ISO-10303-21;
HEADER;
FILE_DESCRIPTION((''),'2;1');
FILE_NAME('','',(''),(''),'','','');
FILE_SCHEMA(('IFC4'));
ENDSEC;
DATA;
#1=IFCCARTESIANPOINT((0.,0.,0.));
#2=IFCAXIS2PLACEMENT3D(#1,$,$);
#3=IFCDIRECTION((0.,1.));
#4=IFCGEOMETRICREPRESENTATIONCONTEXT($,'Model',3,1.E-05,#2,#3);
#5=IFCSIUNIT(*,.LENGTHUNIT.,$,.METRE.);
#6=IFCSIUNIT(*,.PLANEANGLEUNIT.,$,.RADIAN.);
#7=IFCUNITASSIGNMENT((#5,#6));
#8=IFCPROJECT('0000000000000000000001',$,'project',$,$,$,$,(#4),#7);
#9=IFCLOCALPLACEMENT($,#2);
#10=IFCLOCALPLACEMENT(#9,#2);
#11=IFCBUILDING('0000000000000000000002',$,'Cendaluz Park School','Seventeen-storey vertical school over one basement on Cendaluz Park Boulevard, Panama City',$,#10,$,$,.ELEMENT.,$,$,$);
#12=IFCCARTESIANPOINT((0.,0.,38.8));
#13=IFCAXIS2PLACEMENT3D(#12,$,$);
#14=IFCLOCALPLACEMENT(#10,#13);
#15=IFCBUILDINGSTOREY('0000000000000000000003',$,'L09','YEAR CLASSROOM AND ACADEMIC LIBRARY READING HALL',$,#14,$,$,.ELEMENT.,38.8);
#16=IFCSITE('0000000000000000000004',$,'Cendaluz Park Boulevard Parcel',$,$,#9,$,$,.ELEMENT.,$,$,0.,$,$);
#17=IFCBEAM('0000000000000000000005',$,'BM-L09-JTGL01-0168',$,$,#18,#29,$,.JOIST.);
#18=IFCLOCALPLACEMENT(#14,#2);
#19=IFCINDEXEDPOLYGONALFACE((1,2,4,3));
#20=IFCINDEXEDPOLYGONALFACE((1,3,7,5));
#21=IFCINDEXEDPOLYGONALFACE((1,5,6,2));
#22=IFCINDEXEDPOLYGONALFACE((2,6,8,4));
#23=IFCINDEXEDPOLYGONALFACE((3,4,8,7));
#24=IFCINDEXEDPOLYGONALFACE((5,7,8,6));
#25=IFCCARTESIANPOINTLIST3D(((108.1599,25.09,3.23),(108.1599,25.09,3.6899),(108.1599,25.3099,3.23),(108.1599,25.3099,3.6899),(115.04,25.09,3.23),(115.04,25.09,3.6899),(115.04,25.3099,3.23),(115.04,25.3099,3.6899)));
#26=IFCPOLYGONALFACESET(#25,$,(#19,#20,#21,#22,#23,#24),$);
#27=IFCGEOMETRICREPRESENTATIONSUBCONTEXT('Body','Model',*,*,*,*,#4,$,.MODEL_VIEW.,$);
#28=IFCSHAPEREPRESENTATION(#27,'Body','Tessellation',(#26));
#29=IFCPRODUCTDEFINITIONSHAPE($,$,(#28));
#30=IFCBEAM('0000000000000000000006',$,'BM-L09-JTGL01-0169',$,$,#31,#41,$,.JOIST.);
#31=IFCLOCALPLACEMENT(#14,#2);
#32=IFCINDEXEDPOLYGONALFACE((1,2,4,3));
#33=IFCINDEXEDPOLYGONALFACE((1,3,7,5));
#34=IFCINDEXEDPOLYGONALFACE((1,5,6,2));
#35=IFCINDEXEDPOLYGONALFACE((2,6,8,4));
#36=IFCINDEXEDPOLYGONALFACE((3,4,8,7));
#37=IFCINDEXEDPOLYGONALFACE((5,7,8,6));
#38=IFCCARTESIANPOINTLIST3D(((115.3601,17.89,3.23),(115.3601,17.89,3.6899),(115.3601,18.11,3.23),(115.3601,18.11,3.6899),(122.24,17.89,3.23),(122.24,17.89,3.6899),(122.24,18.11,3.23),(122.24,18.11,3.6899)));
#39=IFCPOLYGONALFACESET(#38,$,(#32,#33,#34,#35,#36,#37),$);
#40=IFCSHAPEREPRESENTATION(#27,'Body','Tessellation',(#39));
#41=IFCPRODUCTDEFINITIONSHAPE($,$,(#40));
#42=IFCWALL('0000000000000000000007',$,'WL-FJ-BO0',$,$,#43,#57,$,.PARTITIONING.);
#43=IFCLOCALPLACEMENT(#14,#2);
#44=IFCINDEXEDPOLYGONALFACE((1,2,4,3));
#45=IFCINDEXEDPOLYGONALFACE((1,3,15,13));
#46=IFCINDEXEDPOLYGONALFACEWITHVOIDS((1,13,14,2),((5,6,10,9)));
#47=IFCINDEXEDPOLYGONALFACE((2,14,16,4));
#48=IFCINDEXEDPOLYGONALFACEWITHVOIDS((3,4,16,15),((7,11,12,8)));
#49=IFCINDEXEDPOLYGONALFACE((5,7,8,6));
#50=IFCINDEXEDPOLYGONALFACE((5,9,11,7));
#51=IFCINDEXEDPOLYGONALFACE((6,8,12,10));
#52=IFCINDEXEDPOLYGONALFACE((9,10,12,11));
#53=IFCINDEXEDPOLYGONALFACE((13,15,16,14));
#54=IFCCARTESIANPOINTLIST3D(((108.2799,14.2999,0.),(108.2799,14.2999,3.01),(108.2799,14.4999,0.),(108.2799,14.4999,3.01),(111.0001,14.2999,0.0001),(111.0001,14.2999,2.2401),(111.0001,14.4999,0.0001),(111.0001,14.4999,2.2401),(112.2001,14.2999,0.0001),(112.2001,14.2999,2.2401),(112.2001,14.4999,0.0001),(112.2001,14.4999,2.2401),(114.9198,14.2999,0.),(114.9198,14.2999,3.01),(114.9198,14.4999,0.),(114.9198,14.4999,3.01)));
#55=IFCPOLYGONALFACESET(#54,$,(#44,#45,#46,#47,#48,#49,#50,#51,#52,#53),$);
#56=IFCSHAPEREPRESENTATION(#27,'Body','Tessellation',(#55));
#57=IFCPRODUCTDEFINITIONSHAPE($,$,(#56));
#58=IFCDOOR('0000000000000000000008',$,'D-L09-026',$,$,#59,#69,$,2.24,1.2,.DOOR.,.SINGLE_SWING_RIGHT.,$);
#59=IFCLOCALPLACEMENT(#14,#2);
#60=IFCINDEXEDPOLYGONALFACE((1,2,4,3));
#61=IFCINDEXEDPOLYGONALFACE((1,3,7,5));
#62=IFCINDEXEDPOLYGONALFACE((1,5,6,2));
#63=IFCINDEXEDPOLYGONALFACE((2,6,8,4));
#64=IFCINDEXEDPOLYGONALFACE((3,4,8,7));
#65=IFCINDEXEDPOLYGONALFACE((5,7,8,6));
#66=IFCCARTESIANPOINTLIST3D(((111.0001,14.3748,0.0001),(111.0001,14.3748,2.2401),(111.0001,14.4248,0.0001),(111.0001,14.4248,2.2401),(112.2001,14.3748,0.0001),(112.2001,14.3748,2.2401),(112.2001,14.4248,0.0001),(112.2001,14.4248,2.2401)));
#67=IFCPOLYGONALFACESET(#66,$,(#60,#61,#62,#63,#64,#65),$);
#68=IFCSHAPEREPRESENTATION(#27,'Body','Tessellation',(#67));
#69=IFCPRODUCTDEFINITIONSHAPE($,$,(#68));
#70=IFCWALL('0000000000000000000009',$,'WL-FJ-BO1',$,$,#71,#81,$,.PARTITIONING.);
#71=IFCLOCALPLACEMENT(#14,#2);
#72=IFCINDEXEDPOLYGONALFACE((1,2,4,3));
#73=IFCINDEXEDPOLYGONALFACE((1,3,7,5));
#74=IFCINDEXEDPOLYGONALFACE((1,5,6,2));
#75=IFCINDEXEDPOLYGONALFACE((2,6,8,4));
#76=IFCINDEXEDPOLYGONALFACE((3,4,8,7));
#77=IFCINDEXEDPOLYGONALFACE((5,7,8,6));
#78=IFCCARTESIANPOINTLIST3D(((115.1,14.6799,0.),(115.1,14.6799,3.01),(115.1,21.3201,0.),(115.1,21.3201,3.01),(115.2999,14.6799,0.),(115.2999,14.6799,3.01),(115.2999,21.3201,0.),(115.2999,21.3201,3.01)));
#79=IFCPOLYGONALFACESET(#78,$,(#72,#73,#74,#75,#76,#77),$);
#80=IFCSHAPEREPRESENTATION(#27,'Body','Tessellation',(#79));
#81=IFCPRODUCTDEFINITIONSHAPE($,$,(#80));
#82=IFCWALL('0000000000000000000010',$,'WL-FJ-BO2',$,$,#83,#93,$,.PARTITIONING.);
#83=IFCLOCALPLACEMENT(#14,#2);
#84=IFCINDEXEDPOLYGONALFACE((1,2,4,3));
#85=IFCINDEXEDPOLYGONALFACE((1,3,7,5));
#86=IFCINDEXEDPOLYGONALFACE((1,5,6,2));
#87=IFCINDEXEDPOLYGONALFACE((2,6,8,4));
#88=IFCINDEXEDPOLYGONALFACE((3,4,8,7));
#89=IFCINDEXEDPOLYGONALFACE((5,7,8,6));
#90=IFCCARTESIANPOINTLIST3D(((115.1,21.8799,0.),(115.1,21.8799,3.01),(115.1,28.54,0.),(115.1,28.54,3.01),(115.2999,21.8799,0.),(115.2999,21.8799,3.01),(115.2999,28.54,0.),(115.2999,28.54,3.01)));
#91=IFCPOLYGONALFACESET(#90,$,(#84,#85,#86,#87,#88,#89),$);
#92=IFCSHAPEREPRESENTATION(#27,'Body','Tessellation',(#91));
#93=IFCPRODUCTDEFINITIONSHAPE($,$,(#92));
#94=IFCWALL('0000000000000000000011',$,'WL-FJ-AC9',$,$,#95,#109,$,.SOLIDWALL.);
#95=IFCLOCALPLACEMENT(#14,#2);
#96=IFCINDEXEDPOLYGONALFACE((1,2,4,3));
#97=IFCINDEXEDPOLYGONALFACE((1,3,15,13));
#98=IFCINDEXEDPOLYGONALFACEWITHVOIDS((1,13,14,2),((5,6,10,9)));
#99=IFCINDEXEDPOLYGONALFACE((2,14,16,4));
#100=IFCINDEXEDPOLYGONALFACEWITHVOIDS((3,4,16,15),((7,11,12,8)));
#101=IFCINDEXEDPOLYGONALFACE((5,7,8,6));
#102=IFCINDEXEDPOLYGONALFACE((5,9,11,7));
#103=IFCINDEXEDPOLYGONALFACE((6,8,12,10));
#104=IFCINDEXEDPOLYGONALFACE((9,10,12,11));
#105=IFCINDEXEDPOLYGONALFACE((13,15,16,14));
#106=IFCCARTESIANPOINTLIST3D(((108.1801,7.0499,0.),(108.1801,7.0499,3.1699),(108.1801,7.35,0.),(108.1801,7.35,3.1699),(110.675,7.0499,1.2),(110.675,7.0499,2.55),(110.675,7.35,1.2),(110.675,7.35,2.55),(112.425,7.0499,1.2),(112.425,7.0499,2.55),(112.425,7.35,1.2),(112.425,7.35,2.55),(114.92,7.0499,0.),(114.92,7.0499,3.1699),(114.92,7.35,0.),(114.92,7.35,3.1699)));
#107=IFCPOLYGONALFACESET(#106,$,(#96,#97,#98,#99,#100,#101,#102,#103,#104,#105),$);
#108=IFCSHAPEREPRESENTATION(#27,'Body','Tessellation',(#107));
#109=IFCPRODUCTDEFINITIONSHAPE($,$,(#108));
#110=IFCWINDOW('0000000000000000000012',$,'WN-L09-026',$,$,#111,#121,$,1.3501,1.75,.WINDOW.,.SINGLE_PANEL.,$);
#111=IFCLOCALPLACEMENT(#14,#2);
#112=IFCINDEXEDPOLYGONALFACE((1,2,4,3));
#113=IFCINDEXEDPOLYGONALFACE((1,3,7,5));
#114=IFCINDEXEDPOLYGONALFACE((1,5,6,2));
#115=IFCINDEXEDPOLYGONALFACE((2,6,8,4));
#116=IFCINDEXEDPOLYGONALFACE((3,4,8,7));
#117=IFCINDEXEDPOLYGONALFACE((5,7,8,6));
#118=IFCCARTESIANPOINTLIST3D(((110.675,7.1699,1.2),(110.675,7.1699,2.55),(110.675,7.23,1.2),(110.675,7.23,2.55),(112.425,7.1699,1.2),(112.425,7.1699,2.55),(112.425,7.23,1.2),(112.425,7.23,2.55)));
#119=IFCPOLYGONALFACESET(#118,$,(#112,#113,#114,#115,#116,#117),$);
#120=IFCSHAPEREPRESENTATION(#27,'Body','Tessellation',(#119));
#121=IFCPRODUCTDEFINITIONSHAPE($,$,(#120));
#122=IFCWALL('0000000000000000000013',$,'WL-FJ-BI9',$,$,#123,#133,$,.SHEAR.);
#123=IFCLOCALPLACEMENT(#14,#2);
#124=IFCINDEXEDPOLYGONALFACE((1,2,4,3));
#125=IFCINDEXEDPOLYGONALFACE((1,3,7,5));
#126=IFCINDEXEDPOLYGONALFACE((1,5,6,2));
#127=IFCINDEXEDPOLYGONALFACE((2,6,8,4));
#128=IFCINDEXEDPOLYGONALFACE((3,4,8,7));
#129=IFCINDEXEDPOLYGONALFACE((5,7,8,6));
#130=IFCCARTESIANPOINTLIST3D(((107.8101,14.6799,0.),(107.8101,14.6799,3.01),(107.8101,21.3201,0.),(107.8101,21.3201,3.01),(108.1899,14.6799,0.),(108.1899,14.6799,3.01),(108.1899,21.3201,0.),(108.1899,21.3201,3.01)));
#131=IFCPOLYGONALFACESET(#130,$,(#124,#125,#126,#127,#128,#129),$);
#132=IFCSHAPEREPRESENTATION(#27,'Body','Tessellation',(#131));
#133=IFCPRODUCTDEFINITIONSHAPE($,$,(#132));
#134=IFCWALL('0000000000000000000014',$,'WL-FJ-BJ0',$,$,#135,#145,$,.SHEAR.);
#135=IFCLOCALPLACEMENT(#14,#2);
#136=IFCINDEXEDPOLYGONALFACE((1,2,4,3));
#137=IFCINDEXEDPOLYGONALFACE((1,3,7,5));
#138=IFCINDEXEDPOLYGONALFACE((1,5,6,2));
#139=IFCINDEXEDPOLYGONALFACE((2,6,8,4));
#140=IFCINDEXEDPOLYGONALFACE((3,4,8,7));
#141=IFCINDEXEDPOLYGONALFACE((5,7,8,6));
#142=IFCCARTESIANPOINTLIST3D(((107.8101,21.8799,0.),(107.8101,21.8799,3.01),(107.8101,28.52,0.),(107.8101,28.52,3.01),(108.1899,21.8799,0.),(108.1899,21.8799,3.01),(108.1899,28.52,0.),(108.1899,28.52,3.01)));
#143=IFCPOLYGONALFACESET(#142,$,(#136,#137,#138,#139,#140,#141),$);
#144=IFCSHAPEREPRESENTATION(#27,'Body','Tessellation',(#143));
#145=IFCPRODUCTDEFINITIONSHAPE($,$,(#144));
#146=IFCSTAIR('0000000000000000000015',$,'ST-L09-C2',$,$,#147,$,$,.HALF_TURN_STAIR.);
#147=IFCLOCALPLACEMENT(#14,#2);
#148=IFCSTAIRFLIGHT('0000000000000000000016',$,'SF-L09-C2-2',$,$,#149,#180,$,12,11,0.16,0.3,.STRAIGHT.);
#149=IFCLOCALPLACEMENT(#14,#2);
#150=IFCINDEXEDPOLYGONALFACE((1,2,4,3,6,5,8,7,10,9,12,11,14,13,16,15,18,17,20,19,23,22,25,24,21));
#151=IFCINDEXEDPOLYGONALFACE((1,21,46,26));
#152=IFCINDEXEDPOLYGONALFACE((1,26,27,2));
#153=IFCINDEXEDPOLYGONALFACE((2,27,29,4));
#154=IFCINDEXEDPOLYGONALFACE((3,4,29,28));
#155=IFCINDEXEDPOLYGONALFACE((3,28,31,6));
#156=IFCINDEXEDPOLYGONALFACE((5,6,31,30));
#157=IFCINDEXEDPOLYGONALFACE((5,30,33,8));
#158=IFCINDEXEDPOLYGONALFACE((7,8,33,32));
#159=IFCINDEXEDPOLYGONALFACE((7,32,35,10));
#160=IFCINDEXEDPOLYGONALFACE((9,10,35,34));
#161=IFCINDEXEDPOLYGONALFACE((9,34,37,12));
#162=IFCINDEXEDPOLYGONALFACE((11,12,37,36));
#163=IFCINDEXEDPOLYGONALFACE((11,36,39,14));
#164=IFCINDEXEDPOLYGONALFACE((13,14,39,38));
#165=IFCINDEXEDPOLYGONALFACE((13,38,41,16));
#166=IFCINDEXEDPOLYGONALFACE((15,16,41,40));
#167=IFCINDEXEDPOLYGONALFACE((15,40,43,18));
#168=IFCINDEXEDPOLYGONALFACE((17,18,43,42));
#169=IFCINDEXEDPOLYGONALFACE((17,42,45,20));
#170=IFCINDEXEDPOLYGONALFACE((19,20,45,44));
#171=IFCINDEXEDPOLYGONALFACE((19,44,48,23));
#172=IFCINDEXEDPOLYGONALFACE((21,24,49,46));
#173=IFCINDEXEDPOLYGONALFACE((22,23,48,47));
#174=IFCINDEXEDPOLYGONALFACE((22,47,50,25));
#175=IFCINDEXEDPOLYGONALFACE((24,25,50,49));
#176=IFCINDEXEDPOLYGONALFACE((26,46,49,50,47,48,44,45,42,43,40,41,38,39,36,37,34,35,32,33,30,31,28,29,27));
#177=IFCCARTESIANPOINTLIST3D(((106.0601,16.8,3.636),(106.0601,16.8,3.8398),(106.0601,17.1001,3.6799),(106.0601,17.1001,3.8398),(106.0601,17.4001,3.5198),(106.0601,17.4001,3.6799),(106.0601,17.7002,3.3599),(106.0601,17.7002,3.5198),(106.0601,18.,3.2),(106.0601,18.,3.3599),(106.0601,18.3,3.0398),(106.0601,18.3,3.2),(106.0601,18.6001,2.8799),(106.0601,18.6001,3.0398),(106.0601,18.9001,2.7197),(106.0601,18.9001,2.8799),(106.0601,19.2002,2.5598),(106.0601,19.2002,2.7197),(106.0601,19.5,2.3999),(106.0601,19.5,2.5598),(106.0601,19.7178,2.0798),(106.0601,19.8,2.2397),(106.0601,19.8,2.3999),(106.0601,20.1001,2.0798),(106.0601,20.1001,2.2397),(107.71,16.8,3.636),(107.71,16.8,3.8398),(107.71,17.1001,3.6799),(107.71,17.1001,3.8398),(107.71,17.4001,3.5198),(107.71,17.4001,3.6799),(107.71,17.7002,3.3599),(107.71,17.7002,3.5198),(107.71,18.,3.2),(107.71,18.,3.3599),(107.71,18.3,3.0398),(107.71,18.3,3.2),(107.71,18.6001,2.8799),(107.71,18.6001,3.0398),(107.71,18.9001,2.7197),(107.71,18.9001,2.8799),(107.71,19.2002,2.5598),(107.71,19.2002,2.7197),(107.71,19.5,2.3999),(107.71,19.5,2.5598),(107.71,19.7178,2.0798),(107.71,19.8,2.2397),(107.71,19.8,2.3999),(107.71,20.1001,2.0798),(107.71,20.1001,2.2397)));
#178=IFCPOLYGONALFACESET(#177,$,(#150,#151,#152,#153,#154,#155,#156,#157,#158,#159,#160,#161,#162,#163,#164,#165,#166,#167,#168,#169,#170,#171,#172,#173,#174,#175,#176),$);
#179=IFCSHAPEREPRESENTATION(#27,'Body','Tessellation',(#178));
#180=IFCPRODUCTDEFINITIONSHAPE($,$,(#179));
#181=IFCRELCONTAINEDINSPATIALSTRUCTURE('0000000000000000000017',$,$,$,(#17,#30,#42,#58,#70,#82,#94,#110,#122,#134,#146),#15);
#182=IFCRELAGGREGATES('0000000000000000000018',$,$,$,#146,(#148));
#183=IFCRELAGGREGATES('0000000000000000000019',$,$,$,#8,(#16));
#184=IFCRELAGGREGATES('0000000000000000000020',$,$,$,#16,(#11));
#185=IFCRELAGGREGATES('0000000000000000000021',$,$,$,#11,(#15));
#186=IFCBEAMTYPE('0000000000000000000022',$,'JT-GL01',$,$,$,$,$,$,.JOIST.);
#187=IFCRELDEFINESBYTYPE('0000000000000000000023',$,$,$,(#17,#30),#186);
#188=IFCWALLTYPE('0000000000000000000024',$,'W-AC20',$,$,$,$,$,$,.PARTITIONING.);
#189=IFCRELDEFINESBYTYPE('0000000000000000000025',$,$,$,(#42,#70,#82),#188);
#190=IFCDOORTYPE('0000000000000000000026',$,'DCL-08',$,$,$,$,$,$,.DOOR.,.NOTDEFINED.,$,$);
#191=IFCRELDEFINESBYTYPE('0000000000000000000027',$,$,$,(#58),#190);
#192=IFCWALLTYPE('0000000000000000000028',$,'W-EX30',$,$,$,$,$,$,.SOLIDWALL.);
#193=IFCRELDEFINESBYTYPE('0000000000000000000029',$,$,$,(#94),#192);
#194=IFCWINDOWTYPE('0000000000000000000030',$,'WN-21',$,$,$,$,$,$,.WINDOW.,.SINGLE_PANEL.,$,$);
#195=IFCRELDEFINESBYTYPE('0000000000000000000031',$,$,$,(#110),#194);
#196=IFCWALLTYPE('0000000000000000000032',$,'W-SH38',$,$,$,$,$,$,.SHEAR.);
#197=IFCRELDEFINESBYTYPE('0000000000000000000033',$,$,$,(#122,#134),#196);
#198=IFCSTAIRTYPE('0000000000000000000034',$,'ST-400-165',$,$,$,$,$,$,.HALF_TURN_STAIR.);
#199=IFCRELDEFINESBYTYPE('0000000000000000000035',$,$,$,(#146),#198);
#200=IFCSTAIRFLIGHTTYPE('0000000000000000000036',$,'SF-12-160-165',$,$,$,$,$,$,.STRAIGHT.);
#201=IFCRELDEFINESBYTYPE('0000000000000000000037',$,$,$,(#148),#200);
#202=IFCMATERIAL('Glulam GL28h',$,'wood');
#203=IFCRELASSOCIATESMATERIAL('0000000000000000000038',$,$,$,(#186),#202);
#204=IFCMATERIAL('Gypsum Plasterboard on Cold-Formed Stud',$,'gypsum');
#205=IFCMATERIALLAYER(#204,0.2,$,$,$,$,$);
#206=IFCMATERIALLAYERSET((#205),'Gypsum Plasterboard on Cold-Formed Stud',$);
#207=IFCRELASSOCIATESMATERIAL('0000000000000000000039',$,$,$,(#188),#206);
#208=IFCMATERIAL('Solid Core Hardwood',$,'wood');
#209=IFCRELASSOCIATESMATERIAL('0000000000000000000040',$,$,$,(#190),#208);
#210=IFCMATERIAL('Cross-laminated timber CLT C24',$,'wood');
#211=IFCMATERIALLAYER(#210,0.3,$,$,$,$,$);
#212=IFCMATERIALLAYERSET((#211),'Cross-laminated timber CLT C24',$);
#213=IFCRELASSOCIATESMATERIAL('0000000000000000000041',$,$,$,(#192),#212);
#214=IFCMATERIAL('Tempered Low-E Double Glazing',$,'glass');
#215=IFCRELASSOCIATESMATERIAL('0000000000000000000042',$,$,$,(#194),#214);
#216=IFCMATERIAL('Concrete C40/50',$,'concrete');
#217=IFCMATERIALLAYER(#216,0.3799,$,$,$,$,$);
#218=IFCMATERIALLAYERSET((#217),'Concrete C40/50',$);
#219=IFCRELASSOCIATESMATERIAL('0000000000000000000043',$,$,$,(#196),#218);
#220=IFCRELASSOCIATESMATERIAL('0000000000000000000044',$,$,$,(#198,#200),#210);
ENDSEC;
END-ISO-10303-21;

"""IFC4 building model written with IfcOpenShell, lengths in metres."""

from ifc_helpers import new_model, si_unit, direction, frame, frame_2d, origin, origin_2d, place, context, subcontext, project, spatial, polyline, rectangle, outline, extrude, material, layer, layer_set, material_profile, profile_set, type_object, element, fill, aggregate, save


model = new_model("IFC4")

# Units and contexts
model_context = context("Model", 3, precision=1e-05, world=origin(), true_north=direction((0.0, 1.0)))
body_context = subcontext(model_context, "Body", "Model", "MODEL_VIEW")
ifc_project = project(units=[si_unit("LENGTHUNIT", "METRE"), si_unit("PLANEANGLEUNIT", "RADIAN")], contexts=[model_context])

# Site, building, storey
site_placement = place(None, origin())
site = spatial("IfcSite", under=ifc_project, at=site_placement, Name="Cendaluz Park Boulevard Parcel", CompositionType="ELEMENT", RefElevation=0.0)
building_placement = place(site_placement, origin())
building = spatial("IfcBuilding", under=site, at=building_placement, Name="Cendaluz Park School", Description="Seventeen-storey vertical school over one basement on Cendaluz Park Boulevard, Panama City", CompositionType="ELEMENT")
storey_placement = place(building_placement, frame((0.0, 0.0, 38.8)))
storey = spatial("IfcBuildingStorey", under=building, at=storey_placement, Name="L09", Description="YEAR CLASSROOM AND ACADEMIC LIBRARY READING HALL", CompositionType="ELEMENT", Elevation=38.8)

# Beams
ifc_material_1 = material(Name="Glulam GL28h", Category="wood")
ifc_material_profile_1 = material_profile(ifc_material_1, rectangle(XDim=0.22, YDim=0.46, at=origin_2d()), Name="GL28h 220x460", Category="wood")
ifc_profile_set_1 = profile_set([ifc_material_profile_1], Name="Glulam GL28h")
beam_type_1 = type_object("IfcBeamType", Name="JT-GL01", PredefinedType="JOIST", material=ifc_profile_set_1)
beam_1_placement = place(storey_placement, frame((108.1599, 25.2, 3.46), z_axis=(1.0, 0.0, 0.0), x_axis=(0.0, 1.0, 0.0)))
element("IfcBeam", 1, at=beam_1_placement, inside=storey, type_object=beam_type_1, Name="BM-L09-JTGL01-0168", PredefinedType="JOIST", context=body_context, shape_type="SweptSolid", body=[
    extrude(rectangle(XDim=0.22, YDim=0.46, at=origin_2d()), origin(), (0.0, 0.0, 1.0), 6.8801),
])
beam_2_placement = place(storey_placement, frame((115.3601, 18.0, 3.46), z_axis=(1.0, 0.0, 0.0), x_axis=(0.0, 1.0, 0.0)))
element("IfcBeam", 2, at=beam_2_placement, inside=storey, type_object=beam_type_1, Name="BM-L09-JTGL01-0169", PredefinedType="JOIST", context=body_context, shape_type="SweptSolid", body=[
    extrude(rectangle(XDim=0.22, YDim=0.46, at=origin_2d()), origin(), (0.0, 0.0, 1.0), 6.8799),
])

# Wall, opening, door
ifc_material_2 = material(Name="Gypsum Plasterboard on Cold-Formed Stud", Category="gypsum")
ifc_layer_1 = layer(ifc_material_2, 0.2)
ifc_layer_set_1 = layer_set([ifc_layer_1], Name="Gypsum Plasterboard on Cold-Formed Stud")
wall_type_1 = type_object("IfcWallType", Name="W-AC20", PredefinedType="PARTITIONING", material=ifc_layer_set_1)
wall_1_placement = place(storey_placement, frame((108.28, 14.3999, 0.0), z_axis=(0.0, 0.0, 1.0), x_axis=(1.0, 0.0, 0.0)))
wall_1 = element("IfcWall", 3, at=wall_1_placement, inside=storey, type_object=wall_type_1, Name="WL-FJ-BO0", PredefinedType="PARTITIONING", context=body_context, shape_type="SweptSolid", body=[
    extrude(rectangle(XDim=6.6399, YDim=0.2, at=frame_2d((3.3198, 0.0))), origin(), (0.0, 0.0, 1.0), 3.01),
])
opening_1_placement = place(wall_1_placement, frame((2.72, 0.0, 0.0)))
opening_1 = element("IfcOpeningElement", 4, at=opening_1_placement, cuts=wall_1, PredefinedType="OPENING", context=body_context, shape_type="SweptSolid", body=[
    extrude(rectangle(XDim=1.2, YDim=2.24, at=frame_2d((0.6001, 1.1201))), frame((0.0, 0.1121, 0.0), z_axis=(0.0, -1.0, 0.0), x_axis=(1.0, 0.0, 0.0)), (0.0, 0.0, 1.0), 0.2239),
])
ifc_material_3 = material(Name="Solid Core Hardwood", Category="wood")
door_type = type_object("IfcDoorType", Name="DCL-08", OperationType="NOTDEFINED", PredefinedType="DOOR", material=ifc_material_3)
door_placement = place(opening_1_placement, origin())
door = element("IfcDoor", 5, at=door_placement, inside=storey, type_object=door_type, Name="D-L09-026", OperationType="SINGLE_SWING_RIGHT", OverallHeight=2.24, OverallWidth=1.2, PredefinedType="DOOR", context=body_context, shape_type="SweptSolid", body=[
    extrude(rectangle(XDim=1.2, YDim=2.24, at=frame_2d((0.6001, 1.1201))), frame((0.0, 0.0249, 0.0), z_axis=(0.0, -1.0, 0.0), x_axis=(1.0, 0.0, 0.0)), (0.0, 0.0, 1.0), 0.05),
])
fill(opening_1, door)

# Walls
wall_2_placement = place(storey_placement, frame((115.2, 14.6799, 0.0), z_axis=(0.0, 0.0, 1.0), x_axis=(0.0, 1.0, 0.0)))
element("IfcWall", 6, at=wall_2_placement, inside=storey, type_object=wall_type_1, Name="WL-FJ-BO1", PredefinedType="PARTITIONING", context=body_context, shape_type="SweptSolid", body=[
    extrude(rectangle(XDim=6.6401, YDim=0.2, at=frame_2d((3.3201, 0.0))), origin(), (0.0, 0.0, 1.0), 3.01),
])
wall_3_placement = place(storey_placement, frame((115.2, 21.8799, 0.0), z_axis=(0.0, 0.0, 1.0), x_axis=(0.0, 1.0, 0.0)))
element("IfcWall", 7, at=wall_3_placement, inside=storey, type_object=wall_type_1, Name="WL-FJ-BO2", PredefinedType="PARTITIONING", context=body_context, shape_type="SweptSolid", body=[
    extrude(rectangle(XDim=6.6602, YDim=0.2, at=frame_2d((3.3301, 0.0))), origin(), (0.0, 0.0, 1.0), 3.01),
])

# Wall, opening, window
ifc_material_4 = material(Name="Cross-laminated timber CLT C24", Category="wood")
ifc_layer_2 = layer(ifc_material_4, 0.3)
ifc_layer_set_2 = layer_set([ifc_layer_2], Name="Cross-laminated timber CLT C24")
wall_type_2 = type_object("IfcWallType", Name="W-EX30", PredefinedType="SOLIDWALL", material=ifc_layer_set_2)
wall_4_placement = place(storey_placement, frame((108.1799, 7.2, 0.0), z_axis=(0.0, 0.0, 1.0), x_axis=(1.0, 0.0, 0.0)))
wall_4 = element("IfcWall", 8, at=wall_4_placement, inside=storey, type_object=wall_type_2, Name="WL-FJ-AC9", PredefinedType="SOLIDWALL", context=body_context, shape_type="SweptSolid", body=[
    extrude(rectangle(XDim=6.74, YDim=0.3, at=frame_2d((3.3701, 0.0))), origin(), (0.0, 0.0, 1.0), 3.1699),
])
opening_2_placement = place(wall_4_placement, frame((2.4951, 0.0, 1.2)))
opening_2 = element("IfcOpeningElement", 9, at=opening_2_placement, cuts=wall_4, PredefinedType="OPENING", context=body_context, shape_type="SweptSolid", body=[
    extrude(rectangle(XDim=1.75, YDim=1.3501, at=frame_2d((0.875, 0.675))), frame((0.0, 0.1621, 0.0), z_axis=(0.0, -1.0, 0.0), x_axis=(1.0, 0.0, 0.0)), (0.0, 0.0, 1.0), 0.324),
])
ifc_material_5 = material(Name="Tempered Low-E Double Glazing", Category="glass")
window_type = type_object("IfcWindowType", Name="WN-21", PartitioningType="SINGLE_PANEL", PredefinedType="WINDOW", material=ifc_material_5)
window_placement = place(opening_2_placement, origin())
window = element("IfcWindow", 10, at=window_placement, inside=storey, type_object=window_type, Name="WN-L09-026", OverallHeight=1.3501, OverallWidth=1.75, PartitioningType="SINGLE_PANEL", PredefinedType="WINDOW", context=body_context, shape_type="SweptSolid", body=[
    extrude(rectangle(XDim=1.75, YDim=1.3501, at=frame_2d((0.875, 0.675))), frame((0.0, 0.03, 0.0), z_axis=(0.0, -1.0, 0.0), x_axis=(1.0, 0.0, 0.0)), (0.0, 0.0, 1.0), 0.0601),
])
fill(opening_2, window)

# Walls
ifc_material_6 = material(Name="Concrete C40/50", Category="concrete")
ifc_layer_3 = layer(ifc_material_6, 0.3799)
ifc_layer_set_3 = layer_set([ifc_layer_3], Name="Concrete C40/50")
wall_type_3 = type_object("IfcWallType", Name="W-SH38", PredefinedType="SHEAR", material=ifc_layer_set_3)
for number, where, z_axis, x_axis, name in (
    (11, (108.0, 14.6799, 0.0), (0.0, 0.0, 1.0), (0.0, 1.0, 0.0), "WL-FJ-BI9"),
    (12, (108.0, 21.8799, 0.0), (0.0, 0.0, 1.0), (0.0, 1.0, 0.0), "WL-FJ-BJ0"),
):
    element("IfcWall", number, at=place(storey_placement, frame(where, z_axis=z_axis, x_axis=x_axis)), inside=storey, type_object=wall_type_3, Name=name, PredefinedType="SHEAR", context=body_context, shape_type="SweptSolid", body=[
        extrude(rectangle(XDim=6.6401, YDim=0.3799, at=frame_2d((3.3201, 0.0))), origin(), (0.0, 0.0, 1.0), 3.01),
    ])

# Stair, stair flight
stair_type = type_object("IfcStairType", Name="ST-400-165", PredefinedType="HALF_TURN_STAIR", material=ifc_material_4)
stair_placement = place(storey_placement, origin())
stair = element("IfcStair", 13, at=stair_placement, inside=storey, type_object=stair_type, Name="ST-L09-C2", PredefinedType="HALF_TURN_STAIR")
stair_flight_type = type_object("IfcStairFlightType", Name="SF-12-160-165", PredefinedType="STRAIGHT", material=ifc_material_4)
stair_flight_placement = place(storey_placement, frame((106.885, 20.1001, 2.0798), z_axis=(0.0, 0.0, 1.0), x_axis=(0.0, -1.0, 0.0)))
stair_flight = element("IfcStairFlight", 14, at=stair_flight_placement, type_object=stair_flight_type, Name="SF-L09-C2-2", NumberOfRisers=12, NumberOfTreads=11, PredefinedType="STRAIGHT", RiserHeight=0.16, TreadLength=0.3, context=body_context, shape_type="SweptSolid", body=[
    extrude(outline(polyline([(0.0, 0.0), (0.0, 0.1599), (0.3, 0.1599), (0.3, 0.3201), (0.6001, 0.3201), (0.6001, 0.48), (0.8999, 0.48), (0.8999, 0.6399), (1.2, 0.6399), (1.2, 0.8), (1.5, 0.8), (1.5, 0.96), (1.8, 0.96), (1.8, 1.1201), (2.1001, 1.1201), (2.1001, 1.28), (2.3999, 1.28), (2.3999, 1.4399), (2.7, 1.4399), (2.7, 1.6001), (3.0, 1.6001), (3.0, 1.76), (3.3, 1.76), (3.3, 1.9199), (3.3, 1.5562), (0.3823, 0.0), (0.0, 0.0)])), frame((0.0, 0.825, 0.0), z_axis=(0.0, -1.0, 0.0), x_axis=(1.0, 0.0, 0.0)), (0.0, 0.0, 1.0), 1.6499),
])
aggregate(stair, [stair_flight])

save(model, "model.ifc")
